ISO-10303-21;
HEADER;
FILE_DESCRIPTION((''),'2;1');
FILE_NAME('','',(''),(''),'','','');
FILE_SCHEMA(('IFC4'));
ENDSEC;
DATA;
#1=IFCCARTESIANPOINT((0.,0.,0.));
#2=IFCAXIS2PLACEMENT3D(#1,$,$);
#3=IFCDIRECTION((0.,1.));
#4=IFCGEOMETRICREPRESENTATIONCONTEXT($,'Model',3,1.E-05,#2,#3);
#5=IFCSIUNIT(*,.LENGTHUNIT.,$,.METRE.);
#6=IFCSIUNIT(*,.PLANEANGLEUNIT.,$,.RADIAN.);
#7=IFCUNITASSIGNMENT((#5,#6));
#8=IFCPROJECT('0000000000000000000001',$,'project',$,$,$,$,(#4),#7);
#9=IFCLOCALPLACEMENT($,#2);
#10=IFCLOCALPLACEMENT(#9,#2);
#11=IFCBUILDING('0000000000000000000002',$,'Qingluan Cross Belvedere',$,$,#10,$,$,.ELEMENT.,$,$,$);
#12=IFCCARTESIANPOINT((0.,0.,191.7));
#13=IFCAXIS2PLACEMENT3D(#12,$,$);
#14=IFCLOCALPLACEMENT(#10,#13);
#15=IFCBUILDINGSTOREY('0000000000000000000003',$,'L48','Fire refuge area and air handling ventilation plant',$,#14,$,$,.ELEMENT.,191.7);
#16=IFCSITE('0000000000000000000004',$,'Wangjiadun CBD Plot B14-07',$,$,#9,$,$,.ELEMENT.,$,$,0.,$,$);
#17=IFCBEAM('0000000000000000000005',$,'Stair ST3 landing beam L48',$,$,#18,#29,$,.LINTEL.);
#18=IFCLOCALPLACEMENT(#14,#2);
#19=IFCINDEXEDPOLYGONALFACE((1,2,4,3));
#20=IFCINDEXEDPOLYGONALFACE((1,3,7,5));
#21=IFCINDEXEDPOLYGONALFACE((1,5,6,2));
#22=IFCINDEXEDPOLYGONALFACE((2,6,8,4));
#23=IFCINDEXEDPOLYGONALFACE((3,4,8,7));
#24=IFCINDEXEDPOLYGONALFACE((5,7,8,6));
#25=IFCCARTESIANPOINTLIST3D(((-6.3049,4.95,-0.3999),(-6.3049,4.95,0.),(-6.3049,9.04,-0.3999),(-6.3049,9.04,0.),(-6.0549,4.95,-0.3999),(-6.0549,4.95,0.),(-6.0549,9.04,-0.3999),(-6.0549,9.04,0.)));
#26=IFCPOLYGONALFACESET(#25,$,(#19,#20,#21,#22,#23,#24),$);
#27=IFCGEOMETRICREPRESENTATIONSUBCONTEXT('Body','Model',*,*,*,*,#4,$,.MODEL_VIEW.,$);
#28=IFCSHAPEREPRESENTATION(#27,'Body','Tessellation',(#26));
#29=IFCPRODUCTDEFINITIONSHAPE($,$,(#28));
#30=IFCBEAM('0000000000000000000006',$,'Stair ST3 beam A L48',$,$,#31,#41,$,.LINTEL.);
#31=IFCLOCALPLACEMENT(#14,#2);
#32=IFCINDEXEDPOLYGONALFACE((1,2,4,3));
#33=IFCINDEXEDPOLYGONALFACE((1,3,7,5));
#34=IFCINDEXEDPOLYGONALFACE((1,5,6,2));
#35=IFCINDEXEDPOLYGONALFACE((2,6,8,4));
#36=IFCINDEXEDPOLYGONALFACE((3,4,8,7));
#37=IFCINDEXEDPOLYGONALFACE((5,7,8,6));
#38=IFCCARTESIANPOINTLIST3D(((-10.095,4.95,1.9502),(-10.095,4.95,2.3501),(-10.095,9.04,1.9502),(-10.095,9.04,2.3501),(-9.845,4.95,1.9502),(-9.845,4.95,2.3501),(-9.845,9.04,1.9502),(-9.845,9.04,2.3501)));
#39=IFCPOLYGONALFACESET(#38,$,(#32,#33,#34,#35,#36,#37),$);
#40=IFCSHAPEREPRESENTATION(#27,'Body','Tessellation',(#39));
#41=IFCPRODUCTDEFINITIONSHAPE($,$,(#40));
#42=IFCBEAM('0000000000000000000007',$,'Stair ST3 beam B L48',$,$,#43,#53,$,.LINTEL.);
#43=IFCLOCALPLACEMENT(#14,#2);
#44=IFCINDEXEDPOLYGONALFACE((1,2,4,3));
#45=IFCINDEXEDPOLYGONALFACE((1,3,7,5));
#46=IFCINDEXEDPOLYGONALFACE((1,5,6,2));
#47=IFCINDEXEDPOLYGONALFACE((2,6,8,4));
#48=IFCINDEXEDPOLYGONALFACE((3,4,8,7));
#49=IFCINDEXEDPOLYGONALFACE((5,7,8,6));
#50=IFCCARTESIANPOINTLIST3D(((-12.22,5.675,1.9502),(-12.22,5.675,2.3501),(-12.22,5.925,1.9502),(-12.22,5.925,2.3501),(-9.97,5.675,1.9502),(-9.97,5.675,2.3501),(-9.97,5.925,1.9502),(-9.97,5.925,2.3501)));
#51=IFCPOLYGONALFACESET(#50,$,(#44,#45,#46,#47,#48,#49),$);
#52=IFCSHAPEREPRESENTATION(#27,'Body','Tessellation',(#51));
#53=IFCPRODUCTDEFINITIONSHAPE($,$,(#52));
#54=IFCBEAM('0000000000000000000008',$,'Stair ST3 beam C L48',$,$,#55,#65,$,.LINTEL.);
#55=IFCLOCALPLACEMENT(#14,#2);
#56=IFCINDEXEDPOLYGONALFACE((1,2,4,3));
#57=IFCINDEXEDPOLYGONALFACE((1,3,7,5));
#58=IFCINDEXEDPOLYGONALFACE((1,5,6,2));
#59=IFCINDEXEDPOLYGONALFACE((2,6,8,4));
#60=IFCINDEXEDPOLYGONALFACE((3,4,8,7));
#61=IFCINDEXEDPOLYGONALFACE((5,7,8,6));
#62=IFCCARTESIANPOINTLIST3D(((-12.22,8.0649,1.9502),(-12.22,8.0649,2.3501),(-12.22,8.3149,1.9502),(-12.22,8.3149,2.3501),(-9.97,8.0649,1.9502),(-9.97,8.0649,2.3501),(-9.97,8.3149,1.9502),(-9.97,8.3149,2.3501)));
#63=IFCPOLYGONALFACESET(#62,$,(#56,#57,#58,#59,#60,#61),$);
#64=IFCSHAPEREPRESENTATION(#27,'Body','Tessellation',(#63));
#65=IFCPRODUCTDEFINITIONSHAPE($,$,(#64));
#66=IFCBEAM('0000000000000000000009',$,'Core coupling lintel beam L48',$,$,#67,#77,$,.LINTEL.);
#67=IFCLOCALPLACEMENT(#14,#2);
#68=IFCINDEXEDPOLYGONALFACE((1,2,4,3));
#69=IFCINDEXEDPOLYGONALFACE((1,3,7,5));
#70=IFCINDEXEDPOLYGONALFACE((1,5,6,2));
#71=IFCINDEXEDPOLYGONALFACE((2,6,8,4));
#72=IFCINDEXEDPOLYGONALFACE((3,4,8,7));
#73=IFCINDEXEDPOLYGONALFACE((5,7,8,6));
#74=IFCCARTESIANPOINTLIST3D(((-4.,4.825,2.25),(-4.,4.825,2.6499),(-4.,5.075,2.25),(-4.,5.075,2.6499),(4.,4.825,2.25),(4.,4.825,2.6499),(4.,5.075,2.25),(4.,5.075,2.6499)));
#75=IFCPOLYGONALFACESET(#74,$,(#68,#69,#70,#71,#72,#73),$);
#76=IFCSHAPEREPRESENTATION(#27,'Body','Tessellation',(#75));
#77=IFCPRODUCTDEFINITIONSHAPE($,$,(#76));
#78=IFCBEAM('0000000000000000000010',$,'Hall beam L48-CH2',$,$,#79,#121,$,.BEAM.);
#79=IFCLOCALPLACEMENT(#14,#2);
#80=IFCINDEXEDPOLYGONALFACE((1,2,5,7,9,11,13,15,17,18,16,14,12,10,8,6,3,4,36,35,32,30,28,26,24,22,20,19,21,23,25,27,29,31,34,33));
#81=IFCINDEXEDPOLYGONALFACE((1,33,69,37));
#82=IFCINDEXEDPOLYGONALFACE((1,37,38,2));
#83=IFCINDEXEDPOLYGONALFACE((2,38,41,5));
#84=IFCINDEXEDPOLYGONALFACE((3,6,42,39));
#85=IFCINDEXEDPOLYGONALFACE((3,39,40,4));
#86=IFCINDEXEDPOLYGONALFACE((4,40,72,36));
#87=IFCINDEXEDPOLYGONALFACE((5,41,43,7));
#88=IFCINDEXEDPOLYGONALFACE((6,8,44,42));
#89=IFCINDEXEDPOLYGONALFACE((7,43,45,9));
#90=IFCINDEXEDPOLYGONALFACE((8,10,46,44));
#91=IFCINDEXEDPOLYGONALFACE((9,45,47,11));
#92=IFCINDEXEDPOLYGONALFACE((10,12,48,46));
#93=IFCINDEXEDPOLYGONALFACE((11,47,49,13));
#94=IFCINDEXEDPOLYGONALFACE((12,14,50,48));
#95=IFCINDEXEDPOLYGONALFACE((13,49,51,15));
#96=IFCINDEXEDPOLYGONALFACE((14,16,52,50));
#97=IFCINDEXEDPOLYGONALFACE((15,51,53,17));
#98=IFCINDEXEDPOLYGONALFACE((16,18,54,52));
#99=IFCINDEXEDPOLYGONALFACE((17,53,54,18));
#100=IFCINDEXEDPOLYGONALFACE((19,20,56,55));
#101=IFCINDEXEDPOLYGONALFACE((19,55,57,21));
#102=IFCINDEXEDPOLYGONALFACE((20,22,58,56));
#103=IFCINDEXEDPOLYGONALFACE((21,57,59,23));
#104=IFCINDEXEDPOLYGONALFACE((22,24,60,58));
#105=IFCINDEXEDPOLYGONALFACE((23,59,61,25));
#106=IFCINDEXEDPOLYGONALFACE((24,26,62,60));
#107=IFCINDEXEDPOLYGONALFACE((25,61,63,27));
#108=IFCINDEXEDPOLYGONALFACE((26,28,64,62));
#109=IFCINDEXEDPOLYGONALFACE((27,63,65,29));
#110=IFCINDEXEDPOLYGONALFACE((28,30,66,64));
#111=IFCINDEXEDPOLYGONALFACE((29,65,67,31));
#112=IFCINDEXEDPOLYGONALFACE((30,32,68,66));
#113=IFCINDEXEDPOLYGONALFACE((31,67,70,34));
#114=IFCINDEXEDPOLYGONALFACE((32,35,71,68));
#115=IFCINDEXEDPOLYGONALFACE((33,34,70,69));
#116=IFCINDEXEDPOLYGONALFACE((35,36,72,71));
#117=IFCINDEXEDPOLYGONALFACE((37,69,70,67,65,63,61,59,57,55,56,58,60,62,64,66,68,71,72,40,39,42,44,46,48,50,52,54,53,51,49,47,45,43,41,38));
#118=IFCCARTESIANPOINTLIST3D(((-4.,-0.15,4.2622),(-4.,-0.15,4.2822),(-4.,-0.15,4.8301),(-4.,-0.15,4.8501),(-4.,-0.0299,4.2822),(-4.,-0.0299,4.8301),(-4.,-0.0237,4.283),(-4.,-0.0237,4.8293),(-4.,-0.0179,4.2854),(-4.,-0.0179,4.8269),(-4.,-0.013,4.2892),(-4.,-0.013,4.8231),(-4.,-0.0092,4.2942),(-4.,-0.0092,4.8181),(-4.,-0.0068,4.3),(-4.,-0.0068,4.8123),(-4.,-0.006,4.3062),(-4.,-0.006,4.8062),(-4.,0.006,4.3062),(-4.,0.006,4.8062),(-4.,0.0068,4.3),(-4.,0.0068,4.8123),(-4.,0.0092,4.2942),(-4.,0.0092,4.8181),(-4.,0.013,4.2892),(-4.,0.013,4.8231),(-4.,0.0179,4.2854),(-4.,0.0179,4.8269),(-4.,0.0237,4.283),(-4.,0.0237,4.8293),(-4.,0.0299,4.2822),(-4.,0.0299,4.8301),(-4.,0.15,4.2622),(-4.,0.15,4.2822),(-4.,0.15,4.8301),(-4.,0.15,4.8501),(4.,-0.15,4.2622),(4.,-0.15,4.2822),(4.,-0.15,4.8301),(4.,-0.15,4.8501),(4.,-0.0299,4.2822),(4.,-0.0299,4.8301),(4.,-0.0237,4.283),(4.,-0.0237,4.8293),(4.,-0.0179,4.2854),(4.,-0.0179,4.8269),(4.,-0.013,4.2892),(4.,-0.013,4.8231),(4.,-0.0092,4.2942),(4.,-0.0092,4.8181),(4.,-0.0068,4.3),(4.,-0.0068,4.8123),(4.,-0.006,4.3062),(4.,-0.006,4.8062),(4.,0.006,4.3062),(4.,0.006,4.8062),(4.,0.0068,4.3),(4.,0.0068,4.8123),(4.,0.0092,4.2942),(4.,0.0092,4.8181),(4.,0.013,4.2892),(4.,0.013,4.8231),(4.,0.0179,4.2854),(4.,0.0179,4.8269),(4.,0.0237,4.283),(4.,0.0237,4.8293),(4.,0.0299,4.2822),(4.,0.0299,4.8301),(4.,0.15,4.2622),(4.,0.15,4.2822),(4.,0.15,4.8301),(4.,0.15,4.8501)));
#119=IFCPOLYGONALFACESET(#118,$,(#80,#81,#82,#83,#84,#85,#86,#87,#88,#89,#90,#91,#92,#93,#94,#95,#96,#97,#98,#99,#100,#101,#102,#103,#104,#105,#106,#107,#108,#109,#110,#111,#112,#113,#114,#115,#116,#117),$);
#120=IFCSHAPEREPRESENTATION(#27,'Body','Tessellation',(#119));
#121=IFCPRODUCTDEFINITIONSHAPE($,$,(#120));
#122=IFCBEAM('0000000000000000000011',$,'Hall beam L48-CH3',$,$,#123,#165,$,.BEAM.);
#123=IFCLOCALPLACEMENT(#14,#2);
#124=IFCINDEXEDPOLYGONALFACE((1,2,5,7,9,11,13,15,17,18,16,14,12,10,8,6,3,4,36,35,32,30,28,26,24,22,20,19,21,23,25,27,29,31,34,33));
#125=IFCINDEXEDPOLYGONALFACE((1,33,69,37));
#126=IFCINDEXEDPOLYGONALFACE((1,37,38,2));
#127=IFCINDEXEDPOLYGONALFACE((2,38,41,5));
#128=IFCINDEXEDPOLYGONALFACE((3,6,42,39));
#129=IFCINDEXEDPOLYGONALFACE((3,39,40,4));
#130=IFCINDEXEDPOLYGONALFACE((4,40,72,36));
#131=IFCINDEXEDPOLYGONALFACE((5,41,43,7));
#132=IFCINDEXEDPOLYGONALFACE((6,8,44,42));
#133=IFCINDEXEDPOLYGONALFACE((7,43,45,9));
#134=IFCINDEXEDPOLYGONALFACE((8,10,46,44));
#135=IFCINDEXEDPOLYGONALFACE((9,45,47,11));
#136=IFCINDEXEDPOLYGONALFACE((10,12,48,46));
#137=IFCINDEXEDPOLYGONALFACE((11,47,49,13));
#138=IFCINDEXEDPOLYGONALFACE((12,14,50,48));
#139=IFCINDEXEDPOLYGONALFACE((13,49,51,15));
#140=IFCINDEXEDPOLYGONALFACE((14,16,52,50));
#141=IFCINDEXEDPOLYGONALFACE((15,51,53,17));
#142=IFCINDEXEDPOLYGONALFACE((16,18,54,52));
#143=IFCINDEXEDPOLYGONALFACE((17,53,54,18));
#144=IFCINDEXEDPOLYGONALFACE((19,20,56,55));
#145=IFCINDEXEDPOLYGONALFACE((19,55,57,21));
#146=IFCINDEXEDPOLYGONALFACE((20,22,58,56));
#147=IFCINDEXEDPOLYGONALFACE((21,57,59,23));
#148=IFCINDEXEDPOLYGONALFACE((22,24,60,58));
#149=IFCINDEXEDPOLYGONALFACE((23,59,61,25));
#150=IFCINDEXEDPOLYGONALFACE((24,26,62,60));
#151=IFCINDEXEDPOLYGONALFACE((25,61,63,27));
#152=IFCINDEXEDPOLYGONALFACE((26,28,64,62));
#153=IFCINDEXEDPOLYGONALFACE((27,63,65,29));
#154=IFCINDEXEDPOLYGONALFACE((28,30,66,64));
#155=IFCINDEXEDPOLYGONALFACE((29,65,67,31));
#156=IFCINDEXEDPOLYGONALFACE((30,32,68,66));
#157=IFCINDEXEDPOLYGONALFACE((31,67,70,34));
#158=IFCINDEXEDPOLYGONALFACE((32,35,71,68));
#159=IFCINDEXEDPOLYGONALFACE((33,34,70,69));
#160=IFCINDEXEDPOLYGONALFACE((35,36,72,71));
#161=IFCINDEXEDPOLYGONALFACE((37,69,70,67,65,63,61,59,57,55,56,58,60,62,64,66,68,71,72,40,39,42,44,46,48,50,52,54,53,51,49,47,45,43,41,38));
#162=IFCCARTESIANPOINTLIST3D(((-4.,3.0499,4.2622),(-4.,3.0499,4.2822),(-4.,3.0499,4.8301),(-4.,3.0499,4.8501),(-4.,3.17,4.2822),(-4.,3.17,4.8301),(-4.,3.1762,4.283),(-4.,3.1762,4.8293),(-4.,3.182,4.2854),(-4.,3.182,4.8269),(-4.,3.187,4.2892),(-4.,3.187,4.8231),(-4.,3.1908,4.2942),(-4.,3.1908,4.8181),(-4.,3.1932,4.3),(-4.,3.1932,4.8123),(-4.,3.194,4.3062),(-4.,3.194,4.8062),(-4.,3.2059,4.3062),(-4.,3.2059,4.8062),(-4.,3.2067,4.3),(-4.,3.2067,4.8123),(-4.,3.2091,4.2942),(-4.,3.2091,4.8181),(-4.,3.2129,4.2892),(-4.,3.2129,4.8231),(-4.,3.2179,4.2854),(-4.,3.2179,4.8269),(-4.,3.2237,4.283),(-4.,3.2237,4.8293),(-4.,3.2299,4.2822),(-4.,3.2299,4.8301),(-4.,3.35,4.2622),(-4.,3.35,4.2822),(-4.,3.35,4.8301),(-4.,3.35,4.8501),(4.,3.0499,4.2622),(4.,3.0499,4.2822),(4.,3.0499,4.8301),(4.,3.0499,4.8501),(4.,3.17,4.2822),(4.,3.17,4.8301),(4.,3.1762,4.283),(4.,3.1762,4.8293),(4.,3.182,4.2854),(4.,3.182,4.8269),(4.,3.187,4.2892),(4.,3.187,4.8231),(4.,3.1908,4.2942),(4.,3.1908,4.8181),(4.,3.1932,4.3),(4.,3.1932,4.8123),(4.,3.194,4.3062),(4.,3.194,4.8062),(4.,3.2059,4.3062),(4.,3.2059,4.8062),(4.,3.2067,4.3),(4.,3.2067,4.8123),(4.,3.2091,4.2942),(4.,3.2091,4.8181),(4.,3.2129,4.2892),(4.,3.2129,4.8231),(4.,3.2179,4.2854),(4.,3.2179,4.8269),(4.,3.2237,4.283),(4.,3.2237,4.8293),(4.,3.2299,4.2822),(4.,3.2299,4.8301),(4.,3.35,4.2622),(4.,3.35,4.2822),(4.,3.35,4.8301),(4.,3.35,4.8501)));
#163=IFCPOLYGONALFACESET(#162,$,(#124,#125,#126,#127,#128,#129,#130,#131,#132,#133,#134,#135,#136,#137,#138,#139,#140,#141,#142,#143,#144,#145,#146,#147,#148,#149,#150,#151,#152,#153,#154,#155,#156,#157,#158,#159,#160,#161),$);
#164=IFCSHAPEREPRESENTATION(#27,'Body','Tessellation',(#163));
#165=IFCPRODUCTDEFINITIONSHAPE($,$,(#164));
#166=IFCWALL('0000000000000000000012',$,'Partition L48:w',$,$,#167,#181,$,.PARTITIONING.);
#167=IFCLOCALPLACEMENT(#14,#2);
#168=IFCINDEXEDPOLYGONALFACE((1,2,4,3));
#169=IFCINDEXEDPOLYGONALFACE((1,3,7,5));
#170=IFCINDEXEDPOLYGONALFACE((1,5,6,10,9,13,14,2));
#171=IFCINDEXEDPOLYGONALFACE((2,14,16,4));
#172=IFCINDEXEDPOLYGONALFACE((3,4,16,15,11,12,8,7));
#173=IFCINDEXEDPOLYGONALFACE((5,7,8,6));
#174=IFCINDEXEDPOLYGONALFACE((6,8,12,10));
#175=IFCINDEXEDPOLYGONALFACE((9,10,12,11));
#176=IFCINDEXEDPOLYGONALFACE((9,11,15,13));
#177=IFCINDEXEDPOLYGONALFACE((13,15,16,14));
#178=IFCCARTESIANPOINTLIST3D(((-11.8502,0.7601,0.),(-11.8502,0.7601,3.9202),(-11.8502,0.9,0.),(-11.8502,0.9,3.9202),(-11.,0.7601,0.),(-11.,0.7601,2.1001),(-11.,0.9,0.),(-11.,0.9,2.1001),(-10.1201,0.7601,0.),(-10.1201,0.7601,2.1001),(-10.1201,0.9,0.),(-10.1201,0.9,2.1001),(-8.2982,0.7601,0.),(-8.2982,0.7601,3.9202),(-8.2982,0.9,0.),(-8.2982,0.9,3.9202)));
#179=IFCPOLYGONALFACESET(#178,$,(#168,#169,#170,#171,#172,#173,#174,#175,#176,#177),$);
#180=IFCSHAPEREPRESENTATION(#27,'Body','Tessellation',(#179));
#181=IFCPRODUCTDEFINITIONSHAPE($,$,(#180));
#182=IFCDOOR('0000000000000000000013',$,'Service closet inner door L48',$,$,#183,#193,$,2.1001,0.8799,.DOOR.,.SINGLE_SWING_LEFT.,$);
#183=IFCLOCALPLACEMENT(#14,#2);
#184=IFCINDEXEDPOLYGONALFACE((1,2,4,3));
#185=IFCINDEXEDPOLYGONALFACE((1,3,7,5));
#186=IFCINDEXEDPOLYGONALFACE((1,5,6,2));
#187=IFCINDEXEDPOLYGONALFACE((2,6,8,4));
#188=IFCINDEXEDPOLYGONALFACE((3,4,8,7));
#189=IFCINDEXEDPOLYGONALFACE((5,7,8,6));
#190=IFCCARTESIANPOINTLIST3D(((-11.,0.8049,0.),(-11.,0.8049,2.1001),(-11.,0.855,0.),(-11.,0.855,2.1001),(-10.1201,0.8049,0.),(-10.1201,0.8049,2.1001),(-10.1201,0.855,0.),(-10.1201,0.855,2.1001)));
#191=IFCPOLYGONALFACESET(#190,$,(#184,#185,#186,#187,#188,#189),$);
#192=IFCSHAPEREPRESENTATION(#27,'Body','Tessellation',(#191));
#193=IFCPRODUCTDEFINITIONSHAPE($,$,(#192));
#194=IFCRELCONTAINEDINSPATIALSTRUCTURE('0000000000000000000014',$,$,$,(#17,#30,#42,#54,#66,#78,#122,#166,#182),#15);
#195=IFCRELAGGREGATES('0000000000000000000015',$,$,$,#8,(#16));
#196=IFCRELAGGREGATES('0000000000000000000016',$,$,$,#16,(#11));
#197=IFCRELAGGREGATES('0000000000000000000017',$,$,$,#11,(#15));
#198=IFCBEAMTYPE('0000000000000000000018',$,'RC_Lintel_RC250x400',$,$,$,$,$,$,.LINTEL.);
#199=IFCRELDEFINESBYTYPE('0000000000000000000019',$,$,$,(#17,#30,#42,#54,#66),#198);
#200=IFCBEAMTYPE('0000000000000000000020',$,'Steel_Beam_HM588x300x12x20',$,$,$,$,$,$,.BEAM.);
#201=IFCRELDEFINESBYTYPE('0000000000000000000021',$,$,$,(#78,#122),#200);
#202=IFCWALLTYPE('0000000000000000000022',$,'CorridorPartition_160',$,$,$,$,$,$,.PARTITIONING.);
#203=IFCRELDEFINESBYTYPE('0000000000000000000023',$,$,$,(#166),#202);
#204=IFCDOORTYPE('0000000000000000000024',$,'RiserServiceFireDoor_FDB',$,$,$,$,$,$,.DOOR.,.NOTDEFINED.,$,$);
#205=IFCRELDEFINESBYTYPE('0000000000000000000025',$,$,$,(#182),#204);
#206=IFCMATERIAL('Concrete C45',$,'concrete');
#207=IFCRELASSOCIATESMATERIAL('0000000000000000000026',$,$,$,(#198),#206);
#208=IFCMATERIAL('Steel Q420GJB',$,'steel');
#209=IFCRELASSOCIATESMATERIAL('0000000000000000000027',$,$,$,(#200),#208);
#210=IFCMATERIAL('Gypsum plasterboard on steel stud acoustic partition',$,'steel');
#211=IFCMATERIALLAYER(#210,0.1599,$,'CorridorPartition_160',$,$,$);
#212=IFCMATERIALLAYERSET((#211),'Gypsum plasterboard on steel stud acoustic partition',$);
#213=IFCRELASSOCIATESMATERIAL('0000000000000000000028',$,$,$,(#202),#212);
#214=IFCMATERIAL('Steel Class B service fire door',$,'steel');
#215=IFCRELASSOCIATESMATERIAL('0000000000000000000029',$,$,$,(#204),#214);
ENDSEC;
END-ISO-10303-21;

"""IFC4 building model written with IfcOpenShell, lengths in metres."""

from ifc_helpers import new_model, si_unit, direction, frame, frame_2d, origin, origin_2d, place, context, subcontext, project, spatial, rectangle, i_section, extrude, material, layer, layer_set, material_profile, profile_set, type_object, element, fill, save


model = new_model("IFC4")

# Units and contexts
model_context = context("Model", 3, precision=1e-05, world=origin(), true_north=direction((0.0, 1.0)))
body_context = subcontext(model_context, "Body", "Model", "MODEL_VIEW")
ifc_project = project(units=[si_unit("LENGTHUNIT", "METRE"), si_unit("PLANEANGLEUNIT", "RADIAN")], contexts=[model_context])

# Site, building, storey
site_placement = place(None, origin())
site = spatial("IfcSite", under=ifc_project, at=site_placement, Name="Wangjiadun CBD Plot B14-07", CompositionType="ELEMENT", RefElevation=0.0)
building_placement = place(site_placement, origin())
building = spatial("IfcBuilding", under=site, at=building_placement, Name="Qingluan Cross Belvedere", CompositionType="ELEMENT")
storey_placement = place(building_placement, frame((0.0, 0.0, 191.7)))
storey = spatial("IfcBuildingStorey", under=building, at=storey_placement, Name="L48", Description="Fire refuge area and air handling ventilation plant", CompositionType="ELEMENT", Elevation=191.7)

# Beams
ifc_material_1 = material(Name="Concrete C45", Category="concrete")
ifc_material_profile_1 = material_profile(ifc_material_1, rectangle(XDim=0.25, YDim=0.3999, at=origin_2d()), Name="RC250x400")
ifc_profile_set_1 = profile_set([ifc_material_profile_1], Name="Concrete C45")
beam_type_1 = type_object("IfcBeamType", Name="RC_Lintel_RC250x400", PredefinedType="LINTEL", material=ifc_profile_set_1)
for number, where, z_axis, x_axis, name in (
    (1, (-6.1799, 4.95, -0.2), (0.0, 1.0, 0.0), (-1.0, 0.0, 0.0), "Stair ST3 landing beam L48"),
    (2, (-9.97, 4.95, 2.1501), (0.0, 1.0, 0.0), (-1.0, 0.0, 0.0), "Stair ST3 beam A L48"),
):
    element("IfcBeam", number, at=place(storey_placement, frame(where, z_axis=z_axis, x_axis=x_axis)), inside=storey, type_object=beam_type_1, Name=name, PredefinedType="LINTEL", context=body_context, shape_type="SweptSolid", body=[
        extrude(rectangle(XDim=0.25, YDim=0.3999, at=origin_2d()), origin(), (0.0, 0.0, 1.0), 4.0901),
    ])
for number, where, z_axis, x_axis, name in (
    (3, (-12.22, 5.8, 2.1501), (1.0, 0.0, 0.0), (0.0, 1.0, 0.0), "Stair ST3 beam B L48"),
    (4, (-12.22, 8.1899, 2.1501), (1.0, 0.0, 0.0), (0.0, 1.0, 0.0), "Stair ST3 beam C L48"),
):
    element("IfcBeam", number, at=place(storey_placement, frame(where, z_axis=z_axis, x_axis=x_axis)), inside=storey, type_object=beam_type_1, Name=name, PredefinedType="LINTEL", context=body_context, shape_type="SweptSolid", body=[
        extrude(rectangle(XDim=0.25, YDim=0.3999, at=origin_2d()), origin(), (0.0, 0.0, 1.0), 2.25),
    ])
beam_placement = place(storey_placement, frame((-4.0, 4.95, 2.45), z_axis=(1.0, 0.0, 0.0), x_axis=(0.0, 1.0, 0.0)))
element("IfcBeam", 5, at=beam_placement, inside=storey, type_object=beam_type_1, Name="Core coupling lintel beam L48", PredefinedType="LINTEL", context=body_context, shape_type="SweptSolid", body=[
    extrude(rectangle(XDim=0.25, YDim=0.3999, at=origin_2d()), origin(), (0.0, 0.0, 1.0), 8.0),
])
ifc_material_2 = material(Name="Steel Q420GJB", Category="steel")
ifc_material_profile_2 = material_profile(ifc_material_2, i_section(OverallWidth=0.3, OverallDepth=0.5879, WebThickness=0.012, FlangeThickness=0.02, FilletRadius=0.0239, at=origin_2d()), Name="HM588x300x12x20")
ifc_profile_set_2 = profile_set([ifc_material_profile_2], Name="Steel Q420GJB")
beam_type_2 = type_object("IfcBeamType", Name="Steel_Beam_HM588x300x12x20", PredefinedType="BEAM", material=ifc_profile_set_2)
for number, where, z_axis, x_axis, name in (
    (6, (-4.0, 0.0, 4.5562), (1.0, 0.0, 0.0), (0.0, 1.0, 0.0), "Hall beam L48-CH2"),
    (7, (-4.0, 3.2, 4.5562), (1.0, 0.0, 0.0), (0.0, 1.0, 0.0), "Hall beam L48-CH3"),
):
    element("IfcBeam", number, at=place(storey_placement, frame(where, z_axis=z_axis, x_axis=x_axis)), inside=storey, type_object=beam_type_2, Name=name, PredefinedType="BEAM", context=body_context, shape_type="SweptSolid", body=[
        extrude(i_section(OverallWidth=0.3, OverallDepth=0.5879, WebThickness=0.012, FlangeThickness=0.02, FilletRadius=0.0239, at=origin_2d()), origin(), (0.0, 0.0, 1.0), 8.0),
    ])

# Wall, opening, door
ifc_material_3 = material(Name="Gypsum plasterboard on steel stud acoustic partition", Category="steel")
ifc_layer_1 = layer(ifc_material_3, 0.1599, Name="CorridorPartition_160")
ifc_layer_set_1 = layer_set([ifc_layer_1], Name="Gypsum plasterboard on steel stud acoustic partition")
wall_type_1 = type_object("IfcWallType", Name="CorridorPartition_160", PredefinedType="PARTITIONING", material=ifc_layer_set_1)
wall_1_placement = place(storey_placement, frame((-11.8501, 0.8301, 0.0), z_axis=(0.0, 0.0, 1.0), x_axis=(1.0, 0.0, 0.0)))
wall_1 = element("IfcWall", 8, at=wall_1_placement, inside=storey, type_object=wall_type_1, Name="Partition L48:w", PredefinedType="PARTITIONING", context=body_context, shape_type="SweptSolid", body=[
    extrude(rectangle(XDim=3.552, YDim=0.1399, at=frame_2d((1.7759, 0.0))), origin(), (0.0, 0.0, 1.0), 3.9202),
])
opening_1_placement = place(wall_1_placement, frame((0.8501, 0.0, 0.0)))
opening_1 = element("IfcOpeningElement", 9, at=opening_1_placement, cuts=wall_1, PredefinedType="OPENING", context=body_context, shape_type="SweptSolid", body=[
    extrude(rectangle(XDim=0.8799, YDim=2.1001, at=frame_2d((0.4399, 1.05))), frame((0.0, 0.0798, 0.0), z_axis=(0.0, -1.0, 0.0), x_axis=(1.0, 0.0, 0.0)), (0.0, 0.0, 1.0), 0.1599),
])
ifc_material_4 = material(Name="Steel Class B service fire door", Category="steel")
door_type_1 = type_object("IfcDoorType", Name="RiserServiceFireDoor_FDB", OperationType="NOTDEFINED", PredefinedType="DOOR", material=ifc_material_4)
door_1_placement = place(opening_1_placement, origin())
door_1 = element("IfcDoor", 10, at=door_1_placement, inside=storey, type_object=door_type_1, Name="Service closet inner door L48", OperationType="SINGLE_SWING_LEFT", OverallHeight=2.1001, OverallWidth=0.8799, PredefinedType="DOOR", context=body_context, shape_type="SweptSolid", body=[
    extrude(rectangle(XDim=0.8799, YDim=2.1001, at=frame_2d((0.4399, 1.05))), frame((0.0, 0.0249, 0.0), z_axis=(0.0, -1.0, 0.0), x_axis=(1.0, 0.0, 0.0)), (0.0, 0.0, 1.0), 0.05),
])
fill(opening_1, door_1)

save(model, "model.ifc")
